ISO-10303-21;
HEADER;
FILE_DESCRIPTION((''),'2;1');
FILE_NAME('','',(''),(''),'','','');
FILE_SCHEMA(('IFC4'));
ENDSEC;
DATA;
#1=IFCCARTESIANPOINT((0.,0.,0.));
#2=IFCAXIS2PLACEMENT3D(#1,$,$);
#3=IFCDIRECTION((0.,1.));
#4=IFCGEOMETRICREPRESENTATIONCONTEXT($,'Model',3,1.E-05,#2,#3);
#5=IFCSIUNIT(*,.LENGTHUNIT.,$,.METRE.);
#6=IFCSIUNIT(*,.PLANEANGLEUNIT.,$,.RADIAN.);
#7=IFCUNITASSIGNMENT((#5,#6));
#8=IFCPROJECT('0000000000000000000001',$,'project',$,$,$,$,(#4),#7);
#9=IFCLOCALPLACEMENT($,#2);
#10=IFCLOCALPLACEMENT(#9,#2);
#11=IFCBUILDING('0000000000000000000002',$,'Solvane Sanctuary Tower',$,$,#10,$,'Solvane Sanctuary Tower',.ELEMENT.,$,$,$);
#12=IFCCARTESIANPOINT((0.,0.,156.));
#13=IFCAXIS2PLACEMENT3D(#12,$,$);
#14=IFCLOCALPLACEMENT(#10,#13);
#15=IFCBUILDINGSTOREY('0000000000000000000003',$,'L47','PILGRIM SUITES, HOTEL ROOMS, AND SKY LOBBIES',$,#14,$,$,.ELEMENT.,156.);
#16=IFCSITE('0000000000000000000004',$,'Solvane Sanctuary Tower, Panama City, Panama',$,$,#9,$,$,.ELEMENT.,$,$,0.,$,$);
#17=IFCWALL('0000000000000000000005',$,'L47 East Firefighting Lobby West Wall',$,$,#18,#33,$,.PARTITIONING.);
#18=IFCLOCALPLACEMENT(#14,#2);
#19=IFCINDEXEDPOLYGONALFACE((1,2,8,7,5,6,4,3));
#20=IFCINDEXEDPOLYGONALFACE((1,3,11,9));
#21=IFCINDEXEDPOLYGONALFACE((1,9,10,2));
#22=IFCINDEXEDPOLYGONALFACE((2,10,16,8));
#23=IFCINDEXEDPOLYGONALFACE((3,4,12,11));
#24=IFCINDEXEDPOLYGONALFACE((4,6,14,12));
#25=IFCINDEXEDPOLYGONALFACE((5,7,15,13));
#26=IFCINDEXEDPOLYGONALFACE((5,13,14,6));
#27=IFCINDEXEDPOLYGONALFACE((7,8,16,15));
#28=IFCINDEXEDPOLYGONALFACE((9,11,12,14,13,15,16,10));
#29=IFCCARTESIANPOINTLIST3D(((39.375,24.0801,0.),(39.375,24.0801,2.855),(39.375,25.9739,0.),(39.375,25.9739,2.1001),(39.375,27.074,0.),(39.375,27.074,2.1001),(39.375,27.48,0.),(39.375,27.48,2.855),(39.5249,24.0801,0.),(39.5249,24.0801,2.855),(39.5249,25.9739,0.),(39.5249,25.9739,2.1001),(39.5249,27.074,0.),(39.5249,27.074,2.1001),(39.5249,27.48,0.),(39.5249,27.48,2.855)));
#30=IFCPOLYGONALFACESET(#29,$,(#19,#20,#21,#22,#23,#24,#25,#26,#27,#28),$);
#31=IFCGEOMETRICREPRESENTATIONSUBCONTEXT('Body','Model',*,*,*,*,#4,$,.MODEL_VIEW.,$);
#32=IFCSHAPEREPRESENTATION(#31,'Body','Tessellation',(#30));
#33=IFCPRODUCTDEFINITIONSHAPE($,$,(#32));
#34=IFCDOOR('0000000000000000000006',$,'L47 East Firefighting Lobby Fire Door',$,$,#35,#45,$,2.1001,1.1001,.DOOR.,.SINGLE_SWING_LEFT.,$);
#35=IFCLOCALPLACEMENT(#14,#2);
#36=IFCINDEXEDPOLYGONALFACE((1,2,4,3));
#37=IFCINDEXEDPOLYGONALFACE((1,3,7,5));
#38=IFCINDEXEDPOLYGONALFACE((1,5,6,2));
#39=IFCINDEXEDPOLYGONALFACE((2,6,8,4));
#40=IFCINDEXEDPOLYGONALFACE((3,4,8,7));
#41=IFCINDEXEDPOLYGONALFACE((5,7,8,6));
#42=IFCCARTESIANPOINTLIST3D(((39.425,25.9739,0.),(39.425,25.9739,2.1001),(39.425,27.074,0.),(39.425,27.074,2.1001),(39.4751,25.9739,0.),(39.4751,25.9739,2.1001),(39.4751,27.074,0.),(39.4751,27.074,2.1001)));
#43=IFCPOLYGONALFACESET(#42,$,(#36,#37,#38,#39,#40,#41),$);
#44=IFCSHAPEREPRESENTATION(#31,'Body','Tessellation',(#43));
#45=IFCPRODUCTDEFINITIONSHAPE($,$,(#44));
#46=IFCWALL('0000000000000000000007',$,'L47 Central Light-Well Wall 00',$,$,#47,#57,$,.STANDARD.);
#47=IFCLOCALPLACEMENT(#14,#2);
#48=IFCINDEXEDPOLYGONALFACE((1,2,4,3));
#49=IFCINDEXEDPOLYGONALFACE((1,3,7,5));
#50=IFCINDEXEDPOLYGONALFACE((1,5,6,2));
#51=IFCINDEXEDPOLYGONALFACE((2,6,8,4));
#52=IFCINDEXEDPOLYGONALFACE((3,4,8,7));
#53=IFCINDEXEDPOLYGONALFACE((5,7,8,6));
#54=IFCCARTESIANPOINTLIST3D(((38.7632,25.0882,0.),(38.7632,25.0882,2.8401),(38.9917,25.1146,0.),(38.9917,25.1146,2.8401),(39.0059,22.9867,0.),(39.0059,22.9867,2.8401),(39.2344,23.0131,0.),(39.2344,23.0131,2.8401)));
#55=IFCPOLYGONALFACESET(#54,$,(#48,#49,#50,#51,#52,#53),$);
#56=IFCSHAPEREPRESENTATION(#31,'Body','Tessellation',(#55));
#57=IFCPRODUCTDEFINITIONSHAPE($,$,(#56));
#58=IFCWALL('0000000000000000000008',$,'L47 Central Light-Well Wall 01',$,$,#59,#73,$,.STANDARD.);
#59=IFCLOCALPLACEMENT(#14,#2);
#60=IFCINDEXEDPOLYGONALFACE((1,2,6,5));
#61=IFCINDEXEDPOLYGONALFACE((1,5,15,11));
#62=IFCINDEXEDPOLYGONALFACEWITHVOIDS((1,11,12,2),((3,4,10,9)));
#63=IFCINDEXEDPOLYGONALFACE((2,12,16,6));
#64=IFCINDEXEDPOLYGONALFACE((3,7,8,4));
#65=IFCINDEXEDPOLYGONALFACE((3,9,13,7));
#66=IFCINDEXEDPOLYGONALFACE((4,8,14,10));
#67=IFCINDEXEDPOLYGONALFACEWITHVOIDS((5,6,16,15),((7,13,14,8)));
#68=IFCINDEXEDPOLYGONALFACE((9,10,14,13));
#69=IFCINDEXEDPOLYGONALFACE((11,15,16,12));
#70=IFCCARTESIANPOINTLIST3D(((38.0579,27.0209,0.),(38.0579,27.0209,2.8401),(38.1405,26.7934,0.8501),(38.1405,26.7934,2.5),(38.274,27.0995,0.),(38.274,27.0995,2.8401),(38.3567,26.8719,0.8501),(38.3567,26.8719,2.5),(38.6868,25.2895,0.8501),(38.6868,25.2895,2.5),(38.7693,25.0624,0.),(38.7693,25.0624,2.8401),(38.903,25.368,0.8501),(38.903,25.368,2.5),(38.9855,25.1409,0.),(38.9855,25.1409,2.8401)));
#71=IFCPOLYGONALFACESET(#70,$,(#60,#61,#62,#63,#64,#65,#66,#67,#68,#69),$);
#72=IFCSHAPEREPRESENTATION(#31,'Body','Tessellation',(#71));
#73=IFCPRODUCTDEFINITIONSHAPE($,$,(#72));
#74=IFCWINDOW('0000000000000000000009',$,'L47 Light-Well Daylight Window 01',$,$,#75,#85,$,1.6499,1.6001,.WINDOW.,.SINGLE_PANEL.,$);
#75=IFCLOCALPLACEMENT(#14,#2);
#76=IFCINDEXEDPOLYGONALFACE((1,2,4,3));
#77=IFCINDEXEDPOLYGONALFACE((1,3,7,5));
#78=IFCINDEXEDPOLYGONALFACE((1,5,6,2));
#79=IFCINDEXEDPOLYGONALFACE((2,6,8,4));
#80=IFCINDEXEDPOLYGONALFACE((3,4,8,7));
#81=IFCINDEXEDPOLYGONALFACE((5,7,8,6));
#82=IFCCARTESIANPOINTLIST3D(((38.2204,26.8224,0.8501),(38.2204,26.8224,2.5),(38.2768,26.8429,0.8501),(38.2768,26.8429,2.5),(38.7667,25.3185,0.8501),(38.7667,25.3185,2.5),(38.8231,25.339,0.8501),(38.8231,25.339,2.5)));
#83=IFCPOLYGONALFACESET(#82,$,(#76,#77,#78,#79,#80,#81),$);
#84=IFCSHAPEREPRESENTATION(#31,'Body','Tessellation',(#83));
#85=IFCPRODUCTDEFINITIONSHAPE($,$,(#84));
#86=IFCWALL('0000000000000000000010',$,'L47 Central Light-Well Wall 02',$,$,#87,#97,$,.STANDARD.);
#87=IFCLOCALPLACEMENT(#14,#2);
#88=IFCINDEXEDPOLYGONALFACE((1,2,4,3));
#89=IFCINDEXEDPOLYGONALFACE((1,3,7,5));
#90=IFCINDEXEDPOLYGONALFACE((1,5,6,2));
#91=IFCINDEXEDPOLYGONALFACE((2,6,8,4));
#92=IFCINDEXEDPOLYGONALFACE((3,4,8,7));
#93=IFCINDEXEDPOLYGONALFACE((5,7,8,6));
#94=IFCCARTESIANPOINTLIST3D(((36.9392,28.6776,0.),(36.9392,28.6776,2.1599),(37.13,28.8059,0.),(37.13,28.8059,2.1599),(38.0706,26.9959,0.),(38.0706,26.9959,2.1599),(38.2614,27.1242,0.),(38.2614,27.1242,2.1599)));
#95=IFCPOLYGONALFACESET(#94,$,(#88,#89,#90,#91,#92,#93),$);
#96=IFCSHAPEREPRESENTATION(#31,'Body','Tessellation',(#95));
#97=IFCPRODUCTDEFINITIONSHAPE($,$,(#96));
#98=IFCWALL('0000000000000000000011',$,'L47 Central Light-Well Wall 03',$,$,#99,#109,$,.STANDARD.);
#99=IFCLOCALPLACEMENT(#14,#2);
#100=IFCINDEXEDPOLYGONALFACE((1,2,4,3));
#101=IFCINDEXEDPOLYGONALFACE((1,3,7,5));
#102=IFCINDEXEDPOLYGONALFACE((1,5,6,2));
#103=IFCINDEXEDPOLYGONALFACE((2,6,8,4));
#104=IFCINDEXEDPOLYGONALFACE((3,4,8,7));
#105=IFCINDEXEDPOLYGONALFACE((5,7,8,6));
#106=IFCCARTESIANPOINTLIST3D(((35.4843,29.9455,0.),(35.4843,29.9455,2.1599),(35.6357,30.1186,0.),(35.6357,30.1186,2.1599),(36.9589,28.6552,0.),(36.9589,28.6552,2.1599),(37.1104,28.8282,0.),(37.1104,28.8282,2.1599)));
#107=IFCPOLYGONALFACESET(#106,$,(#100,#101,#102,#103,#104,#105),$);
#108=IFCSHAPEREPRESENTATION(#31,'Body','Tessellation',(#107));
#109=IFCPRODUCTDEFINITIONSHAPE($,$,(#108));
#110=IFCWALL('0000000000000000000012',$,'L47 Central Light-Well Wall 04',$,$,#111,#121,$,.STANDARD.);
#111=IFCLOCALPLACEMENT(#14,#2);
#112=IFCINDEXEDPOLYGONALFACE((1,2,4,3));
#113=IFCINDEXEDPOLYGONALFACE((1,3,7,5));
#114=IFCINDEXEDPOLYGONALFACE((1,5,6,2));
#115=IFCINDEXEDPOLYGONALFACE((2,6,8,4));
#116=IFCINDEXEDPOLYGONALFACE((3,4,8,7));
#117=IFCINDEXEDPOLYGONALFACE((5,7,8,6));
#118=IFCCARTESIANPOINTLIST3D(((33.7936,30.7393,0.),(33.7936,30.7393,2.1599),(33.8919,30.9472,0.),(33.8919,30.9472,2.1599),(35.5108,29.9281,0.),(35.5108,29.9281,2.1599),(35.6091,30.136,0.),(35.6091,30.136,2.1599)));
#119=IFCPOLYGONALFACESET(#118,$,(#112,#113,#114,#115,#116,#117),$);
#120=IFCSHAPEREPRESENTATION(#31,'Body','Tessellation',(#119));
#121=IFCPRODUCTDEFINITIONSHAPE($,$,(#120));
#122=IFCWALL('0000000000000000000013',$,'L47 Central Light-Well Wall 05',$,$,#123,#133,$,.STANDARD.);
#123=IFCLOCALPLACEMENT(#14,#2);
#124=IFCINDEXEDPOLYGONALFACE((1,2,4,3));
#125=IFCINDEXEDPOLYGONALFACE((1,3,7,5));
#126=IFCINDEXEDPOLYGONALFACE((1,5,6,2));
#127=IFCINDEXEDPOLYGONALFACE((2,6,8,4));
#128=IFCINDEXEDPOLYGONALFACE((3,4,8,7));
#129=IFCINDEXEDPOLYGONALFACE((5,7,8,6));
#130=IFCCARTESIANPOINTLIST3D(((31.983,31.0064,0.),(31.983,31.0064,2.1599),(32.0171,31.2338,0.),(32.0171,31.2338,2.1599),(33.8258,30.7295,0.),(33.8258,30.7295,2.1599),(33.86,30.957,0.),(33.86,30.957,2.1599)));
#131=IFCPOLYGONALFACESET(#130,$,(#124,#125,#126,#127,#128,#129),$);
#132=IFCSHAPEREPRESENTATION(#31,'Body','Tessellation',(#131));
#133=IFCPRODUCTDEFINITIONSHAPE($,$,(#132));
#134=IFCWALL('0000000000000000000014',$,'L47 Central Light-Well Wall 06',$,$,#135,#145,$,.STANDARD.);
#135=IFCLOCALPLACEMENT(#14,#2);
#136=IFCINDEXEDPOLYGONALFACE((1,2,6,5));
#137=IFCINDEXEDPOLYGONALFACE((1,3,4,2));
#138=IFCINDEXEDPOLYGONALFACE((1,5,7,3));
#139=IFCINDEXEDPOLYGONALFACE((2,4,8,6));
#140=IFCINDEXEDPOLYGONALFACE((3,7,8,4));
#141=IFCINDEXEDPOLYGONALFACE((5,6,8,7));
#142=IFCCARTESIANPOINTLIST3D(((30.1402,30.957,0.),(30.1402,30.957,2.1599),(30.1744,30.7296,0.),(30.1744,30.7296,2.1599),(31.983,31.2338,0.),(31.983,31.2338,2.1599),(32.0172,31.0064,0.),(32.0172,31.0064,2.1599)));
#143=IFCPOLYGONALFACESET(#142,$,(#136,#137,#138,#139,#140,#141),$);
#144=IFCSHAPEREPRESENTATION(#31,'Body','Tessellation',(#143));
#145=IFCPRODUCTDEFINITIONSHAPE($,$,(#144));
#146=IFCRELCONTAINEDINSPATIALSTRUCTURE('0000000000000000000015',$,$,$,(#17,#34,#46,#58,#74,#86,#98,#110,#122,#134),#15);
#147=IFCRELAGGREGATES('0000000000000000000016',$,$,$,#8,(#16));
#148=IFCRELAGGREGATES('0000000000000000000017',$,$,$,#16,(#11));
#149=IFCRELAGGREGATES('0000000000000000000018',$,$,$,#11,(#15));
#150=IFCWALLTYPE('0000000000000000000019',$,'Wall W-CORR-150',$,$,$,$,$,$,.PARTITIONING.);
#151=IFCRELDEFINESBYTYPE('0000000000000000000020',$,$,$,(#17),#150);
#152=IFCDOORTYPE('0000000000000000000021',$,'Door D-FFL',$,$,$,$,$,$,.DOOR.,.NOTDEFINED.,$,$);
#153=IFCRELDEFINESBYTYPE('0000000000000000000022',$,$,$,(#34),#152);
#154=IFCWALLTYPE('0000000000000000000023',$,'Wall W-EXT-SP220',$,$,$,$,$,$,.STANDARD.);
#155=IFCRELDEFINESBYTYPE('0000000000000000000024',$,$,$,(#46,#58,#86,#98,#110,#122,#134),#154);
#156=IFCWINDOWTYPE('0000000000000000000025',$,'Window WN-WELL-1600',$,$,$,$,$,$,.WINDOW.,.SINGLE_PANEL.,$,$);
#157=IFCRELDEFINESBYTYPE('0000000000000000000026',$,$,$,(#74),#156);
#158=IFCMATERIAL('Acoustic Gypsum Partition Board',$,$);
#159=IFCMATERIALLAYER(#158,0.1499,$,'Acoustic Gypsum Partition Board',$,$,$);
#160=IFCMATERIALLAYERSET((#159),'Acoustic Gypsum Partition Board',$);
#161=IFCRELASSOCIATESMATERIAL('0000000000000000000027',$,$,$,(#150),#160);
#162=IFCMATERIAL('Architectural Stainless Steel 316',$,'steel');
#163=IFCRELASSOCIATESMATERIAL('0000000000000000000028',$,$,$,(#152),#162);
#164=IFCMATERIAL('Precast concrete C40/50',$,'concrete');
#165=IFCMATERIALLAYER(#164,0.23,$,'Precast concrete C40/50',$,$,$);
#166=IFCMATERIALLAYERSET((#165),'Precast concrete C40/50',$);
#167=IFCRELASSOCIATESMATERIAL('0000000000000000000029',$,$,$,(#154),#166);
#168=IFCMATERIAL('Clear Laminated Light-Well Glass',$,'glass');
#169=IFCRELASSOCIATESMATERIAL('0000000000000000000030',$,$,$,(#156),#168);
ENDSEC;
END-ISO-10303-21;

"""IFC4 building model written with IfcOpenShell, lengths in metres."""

from ifc_helpers import new_model, si_unit, direction, frame, frame_2d, origin, place, context, subcontext, project, spatial, rectangle, extrude, material, layer, layer_set, type_object, element, fill, save


model = new_model("IFC4")

# Units and contexts
model_context = context("Model", 3, precision=1e-05, world=origin(), true_north=direction((0.0, 1.0)))
body_context = subcontext(model_context, "Body", "Model", "MODEL_VIEW")
ifc_project = project(units=[si_unit("LENGTHUNIT", "METRE"), si_unit("PLANEANGLEUNIT", "RADIAN")], contexts=[model_context])

# Site, building, storey
site_placement = place(None, origin())
site = spatial("IfcSite", under=ifc_project, at=site_placement, Name="Solvane Sanctuary Tower, Panama City, Panama", CompositionType="ELEMENT", RefElevation=0.0)
building_placement = place(site_placement, origin())
building = spatial("IfcBuilding", under=site, at=building_placement, Name="Solvane Sanctuary Tower", LongName="Solvane Sanctuary Tower", CompositionType="ELEMENT")
storey_placement = place(building_placement, frame((0.0, 0.0, 156.0)))
storey = spatial("IfcBuildingStorey", under=building, at=storey_placement, Name="L47", Description="PILGRIM SUITES, HOTEL ROOMS, AND SKY LOBBIES", CompositionType="ELEMENT", Elevation=156.0)

# Shared definitions
ifc_material_1 = material(Name="Acoustic Gypsum Partition Board")
ifc_layer_1 = layer(ifc_material_1, 0.1499, Name="Acoustic Gypsum Partition Board")
ifc_layer_set_1 = layer_set([ifc_layer_1], Name="Acoustic Gypsum Partition Board")
wall_type_1 = type_object("IfcWallType", Name="Wall W-CORR-150", PredefinedType="PARTITIONING", material=ifc_layer_set_1)

# Wall, opening, door
wall_1_placement = place(storey_placement, frame((39.45, 24.0801, 0.0), z_axis=(0.0, 0.0, 1.0), x_axis=(0.0, 1.0, 0.0)))
wall_1 = element("IfcWall", 1, at=wall_1_placement, inside=storey, type_object=wall_type_1, Name="L47 East Firefighting Lobby West Wall", PredefinedType="PARTITIONING", context=body_context, shape_type="SweptSolid", body=[
    extrude(rectangle(XDim=3.3999, YDim=0.1499, at=frame_2d((1.7, 0.0))), origin(), (0.0, 0.0, 1.0), 2.855),
])
opening_1_placement = place(wall_1_placement, frame((1.8938, 0.0, 0.0)))
opening_1 = element("IfcOpeningElement", 2, at=opening_1_placement, cuts=wall_1, PredefinedType="OPENING", context=body_context, shape_type="SweptSolid", body=[
    extrude(rectangle(XDim=1.1001, YDim=2.1001, at=frame_2d((0.55, 1.05))), frame((0.0, 0.085, 0.0), z_axis=(0.0, -1.0, 0.0), x_axis=(1.0, 0.0, 0.0)), (0.0, 0.0, 1.0), 0.1699),
])
ifc_material_2 = material(Name="Architectural Stainless Steel 316", Category="steel")
door_type = type_object("IfcDoorType", Name="Door D-FFL", OperationType="NOTDEFINED", PredefinedType="DOOR", material=ifc_material_2)
door_placement = place(opening_1_placement, origin())
door = element("IfcDoor", 3, at=door_placement, inside=storey, type_object=door_type, Name="L47 East Firefighting Lobby Fire Door", OperationType="SINGLE_SWING_LEFT", OverallHeight=2.1001, OverallWidth=1.1001, PredefinedType="DOOR", context=body_context, shape_type="SweptSolid", body=[
    extrude(rectangle(XDim=1.1001, YDim=2.1001, at=frame_2d((0.55, 1.05))), frame((0.0, 0.0249, 0.0), z_axis=(0.0, -1.0, 0.0), x_axis=(1.0, 0.0, 0.0)), (0.0, 0.0, 1.0), 0.05),
])
fill(opening_1, door)

# Wall
ifc_material_3 = material(Name="Precast concrete C40/50", Category="concrete")
ifc_layer_2 = layer(ifc_material_3, 0.23, Name="Precast concrete C40/50")
ifc_layer_set_2 = layer_set([ifc_layer_2], Name="Precast concrete C40/50")
wall_type_2 = type_object("IfcWallType", Name="Wall W-EXT-SP220", PredefinedType="STANDARD", material=ifc_layer_set_2)
wall_2_placement = place(storey_placement, frame((39.1201, 23.0, 0.0), z_axis=(0.0, 0.0, 1.0), x_axis=(-0.114712, 0.993399, 0.0)))
element("IfcWall", 4, at=wall_2_placement, inside=storey, type_object=wall_type_2, Name="L47 Central Light-Well Wall 00", PredefinedType="STANDARD", context=body_context, shape_type="SweptSolid", body=[
    extrude(rectangle(XDim=2.1155, YDim=0.23, at=frame_2d((1.0576, 0.0))), origin(), (0.0, 0.0, 1.0), 2.8401),
])

# Wall, opening, window
wall_3_placement = place(storey_placement, frame((38.8774, 25.1016, 0.0), z_axis=(0.0, 0.0, 1.0), x_axis=(-0.341423, 0.93991, 0.0)))
wall_3 = element("IfcWall", 5, at=wall_3_placement, inside=storey, type_object=wall_type_2, Name="L47 Central Light-Well Wall 01", PredefinedType="STANDARD", context=body_context, shape_type="SweptSolid", body=[
    extrude(rectangle(XDim=2.0837, YDim=0.23, at=frame_2d((1.042, 0.0))), origin(), (0.0, 0.0, 1.0), 2.8401),
])
opening_2_placement = place(wall_3_placement, frame((0.2417, 0.0, 0.8501)))
opening_2 = element("IfcOpeningElement", 6, at=opening_2_placement, cuts=wall_3, PredefinedType="OPENING", context=body_context, shape_type="SweptSolid", body=[
    extrude(rectangle(XDim=1.6001, YDim=1.6499, at=frame_2d((0.8, 0.825))), frame((0.0, 0.125, 0.0), z_axis=(0.0, -1.0, 0.0), x_axis=(1.0, 0.0, 0.0)), (0.0, 0.0, 1.0), 0.25),
])
ifc_material_4 = material(Name="Clear Laminated Light-Well Glass", Category="glass")
window_type = type_object("IfcWindowType", Name="Window WN-WELL-1600", PartitioningType="SINGLE_PANEL", PredefinedType="WINDOW", material=ifc_material_4)
window_placement = place(opening_2_placement, origin())
window = element("IfcWindow", 7, at=window_placement, inside=storey, type_object=window_type, Name="L47 Light-Well Daylight Window 01", OverallHeight=1.6499, OverallWidth=1.6001, PartitioningType="SINGLE_PANEL", PredefinedType="WINDOW", context=body_context, shape_type="SweptSolid", body=[
    extrude(rectangle(XDim=1.6001, YDim=1.6499, at=frame_2d((0.8, 0.825))), frame((0.0, 0.03, 0.0), z_axis=(0.0, -1.0, 0.0), x_axis=(1.0, 0.0, 0.0)), (0.0, 0.0, 1.0), 0.0601),
])
fill(opening_2, window)

# Walls
wall_4_placement = place(storey_placement, frame((38.166, 27.0601, 0.0), z_axis=(0.0, 0.0, 1.0), x_axis=(-0.558198, 0.829708, 0.0)))
element("IfcWall", 8, at=wall_4_placement, inside=storey, type_object=wall_type_2, Name="L47 Central Light-Well Wall 02", PredefinedType="STANDARD", context=body_context, shape_type="SweptSolid", body=[
    extrude(rectangle(XDim=2.0269, YDim=0.23, at=frame_2d((1.0134, 0.0))), origin(), (0.0, 0.0, 1.0), 2.1599),
])
wall_5_placement = place(storey_placement, frame((37.0347, 28.7417, 0.0), z_axis=(0.0, 0.0, 1.0), x_axis=(-0.752577, 0.658505, 0.0)))
element("IfcWall", 9, at=wall_5_placement, inside=storey, type_object=wall_type_2, Name="L47 Central Light-Well Wall 03", PredefinedType="STANDARD", context=body_context, shape_type="SweptSolid", body=[
    extrude(rectangle(XDim=1.9595, YDim=0.23, at=frame_2d((0.9797, 0.0))), origin(), (0.0, 0.0, 1.0), 2.1599),
])
wall_6_placement = place(storey_placement, frame((35.5601, 30.032, 0.0), z_axis=(0.0, 0.0, 1.0), x_axis=(-0.90418, 0.427152, 0.0)))
element("IfcWall", 10, at=wall_6_placement, inside=storey, type_object=wall_type_2, Name="L47 Central Light-Well Wall 04", PredefinedType="STANDARD", context=body_context, shape_type="SweptSolid", body=[
    extrude(rectangle(XDim=1.8992, YDim=0.23, at=frame_2d((0.9497, 0.0))), origin(), (0.0, 0.0, 1.0), 2.1599),
])
for number, where, z_axis, x_axis, name in (
    (11, (33.8428, 30.8433, 0.0), (0.0, 0.0, 1.0), (-0.988902, 0.148571, 0.0), "L47 Central Light-Well Wall 05"),
    (12, (32.0, 31.1201, 0.0), (0.0, 0.0, 1.0), (-0.988902, -0.148571, 0.0), "L47 Central Light-Well Wall 06"),
):
    element("IfcWall", number, at=place(storey_placement, frame(where, z_axis=z_axis, x_axis=x_axis)), inside=storey, type_object=wall_type_2, Name=name, PredefinedType="STANDARD", context=body_context, shape_type="SweptSolid", body=[
        extrude(rectangle(XDim=1.8635, YDim=0.23, at=frame_2d((0.9316, 0.0))), origin(), (0.0, 0.0, 1.0), 2.1599),
    ])

save(model, "model.ifc")
